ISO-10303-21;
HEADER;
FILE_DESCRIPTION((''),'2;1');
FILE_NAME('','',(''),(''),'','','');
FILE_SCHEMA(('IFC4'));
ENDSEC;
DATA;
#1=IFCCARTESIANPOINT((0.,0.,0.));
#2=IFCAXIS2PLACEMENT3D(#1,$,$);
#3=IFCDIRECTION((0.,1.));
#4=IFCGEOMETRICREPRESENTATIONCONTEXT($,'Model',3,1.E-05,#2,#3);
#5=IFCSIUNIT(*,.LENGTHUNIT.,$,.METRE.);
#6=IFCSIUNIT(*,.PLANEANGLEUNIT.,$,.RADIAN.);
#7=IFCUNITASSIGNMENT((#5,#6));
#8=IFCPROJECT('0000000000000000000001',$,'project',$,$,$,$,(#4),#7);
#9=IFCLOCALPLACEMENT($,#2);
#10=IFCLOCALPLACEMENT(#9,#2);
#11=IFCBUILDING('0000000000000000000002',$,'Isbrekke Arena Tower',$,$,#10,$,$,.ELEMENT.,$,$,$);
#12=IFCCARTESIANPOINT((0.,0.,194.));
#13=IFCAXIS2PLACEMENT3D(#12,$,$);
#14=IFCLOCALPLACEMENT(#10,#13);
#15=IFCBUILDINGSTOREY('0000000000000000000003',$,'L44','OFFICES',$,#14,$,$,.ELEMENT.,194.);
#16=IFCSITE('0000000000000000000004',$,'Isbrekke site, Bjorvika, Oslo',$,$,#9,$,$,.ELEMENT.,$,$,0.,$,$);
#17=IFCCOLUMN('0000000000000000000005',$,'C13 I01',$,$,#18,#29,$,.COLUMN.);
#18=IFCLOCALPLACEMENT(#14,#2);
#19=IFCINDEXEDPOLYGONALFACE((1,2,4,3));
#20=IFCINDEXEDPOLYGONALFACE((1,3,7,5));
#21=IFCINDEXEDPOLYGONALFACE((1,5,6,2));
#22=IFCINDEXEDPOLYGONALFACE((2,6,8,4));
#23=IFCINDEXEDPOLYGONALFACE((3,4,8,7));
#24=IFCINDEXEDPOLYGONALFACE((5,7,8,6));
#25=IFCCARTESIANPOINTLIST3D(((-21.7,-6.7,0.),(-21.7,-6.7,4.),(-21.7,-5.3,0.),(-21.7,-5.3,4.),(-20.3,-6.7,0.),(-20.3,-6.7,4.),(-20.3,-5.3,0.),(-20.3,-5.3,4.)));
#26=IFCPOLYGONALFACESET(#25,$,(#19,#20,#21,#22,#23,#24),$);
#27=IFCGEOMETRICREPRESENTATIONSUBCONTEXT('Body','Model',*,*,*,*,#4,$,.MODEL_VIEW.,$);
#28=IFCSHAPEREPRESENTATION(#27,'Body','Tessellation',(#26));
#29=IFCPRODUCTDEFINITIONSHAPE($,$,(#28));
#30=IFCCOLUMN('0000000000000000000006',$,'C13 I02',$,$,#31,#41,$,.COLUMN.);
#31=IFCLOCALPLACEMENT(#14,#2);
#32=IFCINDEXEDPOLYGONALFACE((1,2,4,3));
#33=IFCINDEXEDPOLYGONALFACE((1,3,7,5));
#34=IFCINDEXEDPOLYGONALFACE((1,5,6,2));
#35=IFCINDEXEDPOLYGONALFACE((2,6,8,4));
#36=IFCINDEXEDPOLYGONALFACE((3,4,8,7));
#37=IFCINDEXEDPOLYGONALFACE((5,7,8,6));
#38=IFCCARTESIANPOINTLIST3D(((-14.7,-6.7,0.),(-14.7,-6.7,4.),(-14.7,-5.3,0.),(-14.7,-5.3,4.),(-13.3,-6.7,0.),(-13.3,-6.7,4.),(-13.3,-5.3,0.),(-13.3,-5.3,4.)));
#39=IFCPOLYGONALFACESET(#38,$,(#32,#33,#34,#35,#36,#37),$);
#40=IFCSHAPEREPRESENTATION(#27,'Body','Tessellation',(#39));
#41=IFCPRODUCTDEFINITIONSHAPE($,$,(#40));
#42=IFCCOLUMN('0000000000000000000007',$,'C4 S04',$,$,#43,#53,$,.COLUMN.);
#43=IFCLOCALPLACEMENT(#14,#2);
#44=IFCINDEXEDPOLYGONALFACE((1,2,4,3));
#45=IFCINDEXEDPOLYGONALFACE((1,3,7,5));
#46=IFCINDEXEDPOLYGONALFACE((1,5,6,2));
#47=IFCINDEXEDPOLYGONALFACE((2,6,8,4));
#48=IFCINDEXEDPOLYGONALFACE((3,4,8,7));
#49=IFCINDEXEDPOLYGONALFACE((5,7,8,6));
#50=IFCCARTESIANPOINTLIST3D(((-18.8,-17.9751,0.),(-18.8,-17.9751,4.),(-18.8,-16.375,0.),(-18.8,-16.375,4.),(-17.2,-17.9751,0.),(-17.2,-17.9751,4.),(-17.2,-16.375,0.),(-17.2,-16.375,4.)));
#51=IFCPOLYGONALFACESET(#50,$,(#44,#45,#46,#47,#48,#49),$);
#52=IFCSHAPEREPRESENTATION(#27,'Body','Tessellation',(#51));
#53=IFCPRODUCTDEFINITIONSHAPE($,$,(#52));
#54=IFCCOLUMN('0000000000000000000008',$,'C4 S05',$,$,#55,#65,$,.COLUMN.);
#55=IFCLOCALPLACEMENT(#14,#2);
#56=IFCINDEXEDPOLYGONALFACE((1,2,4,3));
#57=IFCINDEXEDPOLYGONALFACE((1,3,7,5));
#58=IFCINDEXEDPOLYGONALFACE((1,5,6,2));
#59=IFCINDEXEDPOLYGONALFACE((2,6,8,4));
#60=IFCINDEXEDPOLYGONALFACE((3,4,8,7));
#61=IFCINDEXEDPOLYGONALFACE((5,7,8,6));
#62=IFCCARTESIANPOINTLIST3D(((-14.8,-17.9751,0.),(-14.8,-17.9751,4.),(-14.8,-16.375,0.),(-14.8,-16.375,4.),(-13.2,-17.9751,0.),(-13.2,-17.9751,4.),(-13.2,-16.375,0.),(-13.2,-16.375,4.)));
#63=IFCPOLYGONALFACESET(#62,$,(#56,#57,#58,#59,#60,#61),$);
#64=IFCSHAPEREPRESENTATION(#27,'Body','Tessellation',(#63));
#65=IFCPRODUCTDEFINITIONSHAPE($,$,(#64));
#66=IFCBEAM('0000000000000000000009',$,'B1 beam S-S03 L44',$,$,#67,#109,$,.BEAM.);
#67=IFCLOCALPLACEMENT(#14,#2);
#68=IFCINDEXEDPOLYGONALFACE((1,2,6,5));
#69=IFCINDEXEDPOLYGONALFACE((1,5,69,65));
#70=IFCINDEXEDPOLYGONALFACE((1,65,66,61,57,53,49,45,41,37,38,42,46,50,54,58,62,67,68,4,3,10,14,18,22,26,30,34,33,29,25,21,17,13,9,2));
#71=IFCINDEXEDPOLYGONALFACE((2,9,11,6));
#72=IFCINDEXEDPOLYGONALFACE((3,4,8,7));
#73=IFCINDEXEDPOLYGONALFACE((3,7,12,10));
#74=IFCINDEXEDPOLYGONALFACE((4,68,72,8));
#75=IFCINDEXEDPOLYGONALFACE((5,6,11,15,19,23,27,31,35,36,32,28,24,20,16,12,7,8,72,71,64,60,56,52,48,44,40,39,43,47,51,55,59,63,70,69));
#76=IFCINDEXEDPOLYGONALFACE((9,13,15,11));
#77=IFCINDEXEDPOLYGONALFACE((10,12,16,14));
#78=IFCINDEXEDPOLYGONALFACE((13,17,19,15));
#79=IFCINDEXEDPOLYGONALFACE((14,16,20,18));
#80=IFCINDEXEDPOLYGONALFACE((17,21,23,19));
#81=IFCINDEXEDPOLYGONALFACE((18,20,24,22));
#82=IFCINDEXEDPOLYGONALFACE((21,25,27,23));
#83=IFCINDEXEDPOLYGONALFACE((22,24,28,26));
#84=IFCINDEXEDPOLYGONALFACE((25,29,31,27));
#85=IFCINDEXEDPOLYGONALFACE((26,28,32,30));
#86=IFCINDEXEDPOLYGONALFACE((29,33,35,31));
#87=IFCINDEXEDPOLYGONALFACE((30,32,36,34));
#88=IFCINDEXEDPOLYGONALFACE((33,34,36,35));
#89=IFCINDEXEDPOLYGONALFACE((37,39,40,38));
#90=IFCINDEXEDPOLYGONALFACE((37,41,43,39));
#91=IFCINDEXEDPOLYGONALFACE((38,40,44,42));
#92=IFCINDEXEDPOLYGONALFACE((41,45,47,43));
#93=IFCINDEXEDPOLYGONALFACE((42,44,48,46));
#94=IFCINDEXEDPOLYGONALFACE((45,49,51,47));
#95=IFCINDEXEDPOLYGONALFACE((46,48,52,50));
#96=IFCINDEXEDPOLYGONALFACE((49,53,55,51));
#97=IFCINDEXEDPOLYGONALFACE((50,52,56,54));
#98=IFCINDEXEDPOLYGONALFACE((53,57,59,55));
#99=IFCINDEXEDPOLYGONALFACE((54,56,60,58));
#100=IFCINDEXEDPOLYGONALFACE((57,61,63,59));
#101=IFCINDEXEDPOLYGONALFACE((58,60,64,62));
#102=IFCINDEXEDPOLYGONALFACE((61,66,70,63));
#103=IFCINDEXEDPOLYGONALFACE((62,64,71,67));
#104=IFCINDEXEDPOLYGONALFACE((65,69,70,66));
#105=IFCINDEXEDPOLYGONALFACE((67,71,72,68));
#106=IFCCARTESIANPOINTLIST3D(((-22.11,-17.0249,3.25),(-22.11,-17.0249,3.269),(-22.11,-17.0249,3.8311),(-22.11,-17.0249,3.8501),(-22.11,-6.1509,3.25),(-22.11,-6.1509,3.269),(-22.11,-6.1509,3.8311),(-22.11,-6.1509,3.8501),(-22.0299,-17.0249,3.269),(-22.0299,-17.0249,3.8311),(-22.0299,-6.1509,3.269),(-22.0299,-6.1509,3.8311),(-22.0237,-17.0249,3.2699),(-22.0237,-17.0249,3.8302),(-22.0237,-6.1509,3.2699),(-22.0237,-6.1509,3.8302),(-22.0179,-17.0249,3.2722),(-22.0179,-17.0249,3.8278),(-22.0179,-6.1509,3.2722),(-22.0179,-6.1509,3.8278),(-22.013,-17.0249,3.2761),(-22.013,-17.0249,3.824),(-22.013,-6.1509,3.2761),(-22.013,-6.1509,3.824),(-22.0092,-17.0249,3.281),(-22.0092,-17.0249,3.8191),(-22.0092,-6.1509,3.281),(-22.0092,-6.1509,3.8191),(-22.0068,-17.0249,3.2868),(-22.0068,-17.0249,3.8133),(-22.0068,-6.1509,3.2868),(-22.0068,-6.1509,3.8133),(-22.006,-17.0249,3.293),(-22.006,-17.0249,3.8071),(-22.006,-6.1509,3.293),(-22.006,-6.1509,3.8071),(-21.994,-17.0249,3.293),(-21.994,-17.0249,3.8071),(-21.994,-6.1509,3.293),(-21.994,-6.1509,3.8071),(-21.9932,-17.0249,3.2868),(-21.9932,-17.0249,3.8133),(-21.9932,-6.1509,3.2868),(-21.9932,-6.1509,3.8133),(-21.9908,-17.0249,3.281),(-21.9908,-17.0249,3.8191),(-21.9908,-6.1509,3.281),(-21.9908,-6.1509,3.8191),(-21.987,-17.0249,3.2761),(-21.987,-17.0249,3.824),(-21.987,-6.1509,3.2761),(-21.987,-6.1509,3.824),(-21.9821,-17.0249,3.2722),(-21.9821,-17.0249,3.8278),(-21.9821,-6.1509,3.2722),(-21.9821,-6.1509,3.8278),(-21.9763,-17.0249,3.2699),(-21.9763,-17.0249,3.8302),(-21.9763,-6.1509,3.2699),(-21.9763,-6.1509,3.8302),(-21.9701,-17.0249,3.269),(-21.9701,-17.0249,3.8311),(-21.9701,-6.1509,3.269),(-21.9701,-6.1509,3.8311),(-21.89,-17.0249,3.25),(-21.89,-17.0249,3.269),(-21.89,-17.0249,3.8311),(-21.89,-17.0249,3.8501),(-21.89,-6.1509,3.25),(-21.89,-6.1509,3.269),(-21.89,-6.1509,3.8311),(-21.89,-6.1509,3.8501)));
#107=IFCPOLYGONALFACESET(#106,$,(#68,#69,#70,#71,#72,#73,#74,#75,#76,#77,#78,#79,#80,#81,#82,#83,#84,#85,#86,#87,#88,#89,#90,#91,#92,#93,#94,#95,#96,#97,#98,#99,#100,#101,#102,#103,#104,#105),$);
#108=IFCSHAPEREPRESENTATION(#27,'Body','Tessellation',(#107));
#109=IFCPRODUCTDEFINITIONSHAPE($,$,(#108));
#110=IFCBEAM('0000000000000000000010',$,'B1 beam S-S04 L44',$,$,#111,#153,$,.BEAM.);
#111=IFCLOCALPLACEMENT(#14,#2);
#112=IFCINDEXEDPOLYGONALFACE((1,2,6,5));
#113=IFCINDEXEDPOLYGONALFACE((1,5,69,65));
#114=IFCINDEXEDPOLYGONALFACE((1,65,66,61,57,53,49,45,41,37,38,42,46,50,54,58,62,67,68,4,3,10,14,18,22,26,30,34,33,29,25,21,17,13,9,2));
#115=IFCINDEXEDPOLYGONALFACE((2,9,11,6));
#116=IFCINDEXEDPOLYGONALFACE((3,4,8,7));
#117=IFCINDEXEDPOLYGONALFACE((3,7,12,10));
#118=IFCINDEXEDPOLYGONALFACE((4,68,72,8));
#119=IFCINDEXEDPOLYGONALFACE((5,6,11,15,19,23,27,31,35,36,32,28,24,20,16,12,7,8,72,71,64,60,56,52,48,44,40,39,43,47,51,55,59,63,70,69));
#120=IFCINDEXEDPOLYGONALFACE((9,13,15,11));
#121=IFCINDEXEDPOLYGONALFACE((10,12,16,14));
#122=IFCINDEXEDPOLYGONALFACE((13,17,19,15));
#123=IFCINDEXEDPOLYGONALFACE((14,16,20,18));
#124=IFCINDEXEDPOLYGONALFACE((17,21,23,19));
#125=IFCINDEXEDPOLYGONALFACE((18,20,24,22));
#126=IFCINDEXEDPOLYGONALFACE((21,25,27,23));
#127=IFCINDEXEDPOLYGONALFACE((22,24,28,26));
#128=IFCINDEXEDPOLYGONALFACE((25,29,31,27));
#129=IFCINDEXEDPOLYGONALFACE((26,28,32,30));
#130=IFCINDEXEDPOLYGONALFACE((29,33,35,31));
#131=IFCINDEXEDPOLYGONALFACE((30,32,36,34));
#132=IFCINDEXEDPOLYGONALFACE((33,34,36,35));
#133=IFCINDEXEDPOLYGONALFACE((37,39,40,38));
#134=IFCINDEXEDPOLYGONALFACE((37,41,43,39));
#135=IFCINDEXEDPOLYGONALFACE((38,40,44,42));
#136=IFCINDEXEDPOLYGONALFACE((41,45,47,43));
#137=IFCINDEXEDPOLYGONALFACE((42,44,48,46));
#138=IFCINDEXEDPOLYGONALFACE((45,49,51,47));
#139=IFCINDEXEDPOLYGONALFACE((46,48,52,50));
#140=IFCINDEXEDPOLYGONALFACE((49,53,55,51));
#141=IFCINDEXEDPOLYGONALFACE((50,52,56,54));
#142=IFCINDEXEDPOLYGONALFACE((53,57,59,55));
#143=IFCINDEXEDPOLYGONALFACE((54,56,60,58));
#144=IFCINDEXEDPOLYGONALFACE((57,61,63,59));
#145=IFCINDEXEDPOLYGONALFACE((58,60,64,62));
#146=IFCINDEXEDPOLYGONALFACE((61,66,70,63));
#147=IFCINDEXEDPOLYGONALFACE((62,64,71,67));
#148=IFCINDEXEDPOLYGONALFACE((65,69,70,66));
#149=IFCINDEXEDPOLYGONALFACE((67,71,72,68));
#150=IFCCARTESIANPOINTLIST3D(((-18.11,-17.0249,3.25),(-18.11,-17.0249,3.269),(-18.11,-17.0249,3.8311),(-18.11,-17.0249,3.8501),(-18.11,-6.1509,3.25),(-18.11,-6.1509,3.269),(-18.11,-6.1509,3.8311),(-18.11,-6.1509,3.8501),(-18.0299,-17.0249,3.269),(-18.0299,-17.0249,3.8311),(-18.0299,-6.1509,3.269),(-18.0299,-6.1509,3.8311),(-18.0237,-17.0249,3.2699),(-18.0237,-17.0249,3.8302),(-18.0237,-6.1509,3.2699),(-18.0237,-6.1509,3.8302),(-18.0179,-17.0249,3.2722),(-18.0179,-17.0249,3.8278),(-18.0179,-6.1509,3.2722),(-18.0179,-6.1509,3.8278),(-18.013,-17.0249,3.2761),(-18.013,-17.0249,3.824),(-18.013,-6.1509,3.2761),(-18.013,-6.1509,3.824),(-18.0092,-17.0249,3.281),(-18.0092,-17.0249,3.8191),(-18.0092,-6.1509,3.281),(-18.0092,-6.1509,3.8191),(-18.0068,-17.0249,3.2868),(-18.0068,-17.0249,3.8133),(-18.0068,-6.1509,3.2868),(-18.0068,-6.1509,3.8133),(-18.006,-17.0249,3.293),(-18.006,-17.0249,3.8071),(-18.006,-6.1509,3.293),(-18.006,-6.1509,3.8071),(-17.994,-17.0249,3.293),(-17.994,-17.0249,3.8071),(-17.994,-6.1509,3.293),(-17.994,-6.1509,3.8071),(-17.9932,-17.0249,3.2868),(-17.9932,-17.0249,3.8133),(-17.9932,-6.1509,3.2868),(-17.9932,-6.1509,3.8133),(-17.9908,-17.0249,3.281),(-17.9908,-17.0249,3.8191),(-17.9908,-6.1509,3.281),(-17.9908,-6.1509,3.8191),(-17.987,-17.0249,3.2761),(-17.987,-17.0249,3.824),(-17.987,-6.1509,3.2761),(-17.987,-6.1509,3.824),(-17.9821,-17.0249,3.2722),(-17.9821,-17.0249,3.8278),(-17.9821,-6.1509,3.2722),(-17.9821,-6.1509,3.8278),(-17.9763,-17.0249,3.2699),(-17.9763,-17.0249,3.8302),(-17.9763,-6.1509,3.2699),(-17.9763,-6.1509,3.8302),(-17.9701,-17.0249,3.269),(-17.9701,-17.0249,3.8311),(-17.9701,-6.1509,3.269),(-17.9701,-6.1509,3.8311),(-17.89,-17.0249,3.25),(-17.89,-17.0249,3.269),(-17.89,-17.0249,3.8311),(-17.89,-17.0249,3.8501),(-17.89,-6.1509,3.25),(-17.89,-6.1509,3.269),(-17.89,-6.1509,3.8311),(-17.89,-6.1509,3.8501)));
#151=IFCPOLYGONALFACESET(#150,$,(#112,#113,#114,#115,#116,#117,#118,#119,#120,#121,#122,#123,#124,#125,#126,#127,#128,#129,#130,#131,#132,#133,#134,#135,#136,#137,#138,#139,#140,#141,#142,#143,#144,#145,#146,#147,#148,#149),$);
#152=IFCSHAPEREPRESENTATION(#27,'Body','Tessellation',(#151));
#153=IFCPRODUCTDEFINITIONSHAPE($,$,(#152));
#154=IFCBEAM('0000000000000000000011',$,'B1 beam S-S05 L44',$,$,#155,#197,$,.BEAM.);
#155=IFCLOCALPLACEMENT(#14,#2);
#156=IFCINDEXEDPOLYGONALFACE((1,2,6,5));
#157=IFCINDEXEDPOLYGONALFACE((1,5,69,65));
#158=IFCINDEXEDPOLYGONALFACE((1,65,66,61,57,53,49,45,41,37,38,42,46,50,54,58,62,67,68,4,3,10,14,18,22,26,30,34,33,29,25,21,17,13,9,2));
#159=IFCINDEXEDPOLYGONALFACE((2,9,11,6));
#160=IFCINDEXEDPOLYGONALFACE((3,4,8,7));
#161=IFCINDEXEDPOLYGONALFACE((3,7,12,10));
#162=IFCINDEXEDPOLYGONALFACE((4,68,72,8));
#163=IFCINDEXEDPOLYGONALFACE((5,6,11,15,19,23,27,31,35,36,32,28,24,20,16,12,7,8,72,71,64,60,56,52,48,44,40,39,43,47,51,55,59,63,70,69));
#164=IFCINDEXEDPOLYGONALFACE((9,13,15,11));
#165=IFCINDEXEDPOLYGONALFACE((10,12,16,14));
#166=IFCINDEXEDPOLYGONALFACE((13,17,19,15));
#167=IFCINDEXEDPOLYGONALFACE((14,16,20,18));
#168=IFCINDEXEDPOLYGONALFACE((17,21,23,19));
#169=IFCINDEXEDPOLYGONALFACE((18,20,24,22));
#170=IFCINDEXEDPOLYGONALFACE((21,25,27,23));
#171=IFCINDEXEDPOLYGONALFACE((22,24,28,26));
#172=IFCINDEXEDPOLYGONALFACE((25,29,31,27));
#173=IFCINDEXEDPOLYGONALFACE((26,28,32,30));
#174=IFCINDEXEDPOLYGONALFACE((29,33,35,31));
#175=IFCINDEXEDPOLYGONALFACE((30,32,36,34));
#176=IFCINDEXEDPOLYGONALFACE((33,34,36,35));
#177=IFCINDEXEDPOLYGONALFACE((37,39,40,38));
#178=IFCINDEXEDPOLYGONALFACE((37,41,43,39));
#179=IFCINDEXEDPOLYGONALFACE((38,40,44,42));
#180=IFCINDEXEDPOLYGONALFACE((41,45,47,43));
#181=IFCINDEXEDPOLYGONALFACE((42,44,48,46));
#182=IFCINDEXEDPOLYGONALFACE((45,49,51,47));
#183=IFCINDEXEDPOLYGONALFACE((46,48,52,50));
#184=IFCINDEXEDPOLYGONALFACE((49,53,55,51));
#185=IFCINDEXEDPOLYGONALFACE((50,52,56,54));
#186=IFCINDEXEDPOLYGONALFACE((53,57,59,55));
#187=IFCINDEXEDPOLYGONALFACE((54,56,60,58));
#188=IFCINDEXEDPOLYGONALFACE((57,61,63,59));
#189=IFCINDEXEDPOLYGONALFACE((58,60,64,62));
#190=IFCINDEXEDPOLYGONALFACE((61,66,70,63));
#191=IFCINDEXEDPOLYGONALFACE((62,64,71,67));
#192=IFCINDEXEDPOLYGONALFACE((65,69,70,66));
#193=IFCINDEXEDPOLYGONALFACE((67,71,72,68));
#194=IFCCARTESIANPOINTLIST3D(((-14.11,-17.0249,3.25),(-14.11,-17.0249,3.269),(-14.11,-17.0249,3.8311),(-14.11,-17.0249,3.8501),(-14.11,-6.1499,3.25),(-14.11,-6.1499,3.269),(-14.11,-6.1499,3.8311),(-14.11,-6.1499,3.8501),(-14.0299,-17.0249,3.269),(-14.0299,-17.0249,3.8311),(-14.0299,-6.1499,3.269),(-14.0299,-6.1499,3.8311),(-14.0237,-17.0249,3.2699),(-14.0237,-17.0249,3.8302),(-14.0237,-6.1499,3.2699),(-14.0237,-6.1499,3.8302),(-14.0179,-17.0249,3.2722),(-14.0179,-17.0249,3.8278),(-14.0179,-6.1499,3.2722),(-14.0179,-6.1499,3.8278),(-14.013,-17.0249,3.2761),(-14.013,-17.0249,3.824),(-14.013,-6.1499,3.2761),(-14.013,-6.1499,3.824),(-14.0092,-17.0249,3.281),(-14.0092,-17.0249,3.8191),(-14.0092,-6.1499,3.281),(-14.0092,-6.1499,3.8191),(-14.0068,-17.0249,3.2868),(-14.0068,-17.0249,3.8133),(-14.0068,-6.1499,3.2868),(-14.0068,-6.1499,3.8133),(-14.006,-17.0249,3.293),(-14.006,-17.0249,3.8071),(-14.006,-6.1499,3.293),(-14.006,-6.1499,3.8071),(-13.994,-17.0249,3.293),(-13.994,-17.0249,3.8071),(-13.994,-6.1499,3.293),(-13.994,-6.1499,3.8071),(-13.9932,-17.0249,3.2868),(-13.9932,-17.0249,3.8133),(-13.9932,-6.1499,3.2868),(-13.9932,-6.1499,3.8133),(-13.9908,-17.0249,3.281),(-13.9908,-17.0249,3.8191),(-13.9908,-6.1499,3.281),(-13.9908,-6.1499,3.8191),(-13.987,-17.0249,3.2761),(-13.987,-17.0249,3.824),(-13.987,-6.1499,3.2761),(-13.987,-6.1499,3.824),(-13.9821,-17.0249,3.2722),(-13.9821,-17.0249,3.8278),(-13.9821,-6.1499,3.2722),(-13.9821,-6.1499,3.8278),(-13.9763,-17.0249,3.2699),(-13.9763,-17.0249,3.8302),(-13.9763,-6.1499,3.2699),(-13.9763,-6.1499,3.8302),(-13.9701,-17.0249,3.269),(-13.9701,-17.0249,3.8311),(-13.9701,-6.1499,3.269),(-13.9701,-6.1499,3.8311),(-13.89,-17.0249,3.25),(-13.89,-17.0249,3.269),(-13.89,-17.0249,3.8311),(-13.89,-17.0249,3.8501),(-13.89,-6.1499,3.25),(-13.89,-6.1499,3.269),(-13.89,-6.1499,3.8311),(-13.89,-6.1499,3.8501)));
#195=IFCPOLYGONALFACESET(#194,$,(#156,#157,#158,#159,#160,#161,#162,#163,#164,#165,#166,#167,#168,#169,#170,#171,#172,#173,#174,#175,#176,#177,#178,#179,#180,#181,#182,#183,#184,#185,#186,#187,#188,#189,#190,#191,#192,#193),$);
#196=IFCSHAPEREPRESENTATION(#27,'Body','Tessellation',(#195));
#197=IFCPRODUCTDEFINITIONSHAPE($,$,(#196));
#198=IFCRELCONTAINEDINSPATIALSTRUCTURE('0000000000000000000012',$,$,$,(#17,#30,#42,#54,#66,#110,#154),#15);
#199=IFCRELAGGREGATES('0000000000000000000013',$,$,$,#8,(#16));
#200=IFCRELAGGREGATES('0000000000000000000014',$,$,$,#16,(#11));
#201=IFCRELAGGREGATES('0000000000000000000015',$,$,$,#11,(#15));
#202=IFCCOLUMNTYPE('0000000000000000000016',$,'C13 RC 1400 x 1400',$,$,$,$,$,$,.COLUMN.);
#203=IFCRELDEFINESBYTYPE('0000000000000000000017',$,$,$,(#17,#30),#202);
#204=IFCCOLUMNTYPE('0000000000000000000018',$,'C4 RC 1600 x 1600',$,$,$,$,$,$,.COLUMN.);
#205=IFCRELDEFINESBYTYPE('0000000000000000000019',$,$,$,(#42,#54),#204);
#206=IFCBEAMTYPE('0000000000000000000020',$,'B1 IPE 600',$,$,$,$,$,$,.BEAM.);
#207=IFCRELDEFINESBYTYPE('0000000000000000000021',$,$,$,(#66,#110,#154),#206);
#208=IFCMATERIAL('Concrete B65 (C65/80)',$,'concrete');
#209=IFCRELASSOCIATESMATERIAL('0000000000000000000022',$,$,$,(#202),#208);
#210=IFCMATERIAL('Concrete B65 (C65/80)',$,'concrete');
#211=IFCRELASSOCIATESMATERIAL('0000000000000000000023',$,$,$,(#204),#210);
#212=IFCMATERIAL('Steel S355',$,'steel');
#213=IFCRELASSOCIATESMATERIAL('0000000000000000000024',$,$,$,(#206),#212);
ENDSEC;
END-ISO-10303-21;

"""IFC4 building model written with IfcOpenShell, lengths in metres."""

from ifc_helpers import new_model, si_unit, direction, frame, origin, origin_2d, place, context, subcontext, project, spatial, rectangle, i_section, extrude, material, material_profile, profile_set, type_object, element, save


model = new_model("IFC4")

# Units and contexts
model_context = context("Model", 3, precision=1e-05, world=origin(), true_north=direction((0.0, 1.0)))
body_context = subcontext(model_context, "Body", "Model", "MODEL_VIEW")
ifc_project = project(units=[si_unit("LENGTHUNIT", "METRE"), si_unit("PLANEANGLEUNIT", "RADIAN")], contexts=[model_context])

# Site, building, storey
site_placement = place(None, origin())
site = spatial("IfcSite", under=ifc_project, at=site_placement, Name="Isbrekke site, Bjorvika, Oslo", CompositionType="ELEMENT", RefElevation=0.0)
building_placement = place(site_placement, origin())
building = spatial("IfcBuilding", under=site, at=building_placement, Name="Isbrekke Arena Tower", CompositionType="ELEMENT")
storey_placement = place(building_placement, frame((0.0, 0.0, 194.0)))
storey = spatial("IfcBuildingStorey", under=building, at=storey_placement, Name="L44", Description="OFFICES", CompositionType="ELEMENT", Elevation=194.0)

# Columns
ifc_material_1 = material(Name="Concrete B65 (C65/80)", Category="concrete")
ifc_material_profile_1 = material_profile(ifc_material_1, rectangle(XDim=1.3999, YDim=1.3999, at=origin_2d()), Name="RC 1400x1400")
ifc_profile_set_1 = profile_set([ifc_material_profile_1], Name="Concrete B65 (C65/80)")
column_type_1 = type_object("IfcColumnType", Name="C13 RC 1400 x 1400", PredefinedType="COLUMN", material=ifc_profile_set_1)
for number, where, z_axis, x_axis, name in (
    (1, (-21.0, -6.0, 0.0), (0.0, 0.0, 1.0), (1.0, 0.0, 0.0), "C13 I01"),
    (2, (-14.0, -6.0, 0.0), (0.0, 0.0, 1.0), (1.0, 0.0, 0.0), "C13 I02"),
):
    element("IfcColumn", number, at=place(storey_placement, frame(where, z_axis=z_axis, x_axis=x_axis)), inside=storey, type_object=column_type_1, Name=name, PredefinedType="COLUMN", context=body_context, shape_type="SweptSolid", body=[
        extrude(rectangle(XDim=1.3999, YDim=1.3999, at=origin_2d()), origin(), (0.0, 0.0, 1.0), 4.0),
    ])
ifc_material_2 = material(Name="Concrete B65 (C65/80)", Category="concrete")
ifc_material_profile_2 = material_profile(ifc_material_2, rectangle(XDim=1.6001, YDim=1.6001, at=origin_2d()), Name="RC 1600x1600")
ifc_profile_set_2 = profile_set([ifc_material_profile_2], Name="Concrete B65 (C65/80)")
column_type_2 = type_object("IfcColumnType", Name="C4 RC 1600 x 1600", PredefinedType="COLUMN", material=ifc_profile_set_2)
for number, where, z_axis, x_axis, name in (
    (3, (-18.0, -17.175, 0.0), (0.0, 0.0, 1.0), (1.0, 0.0, 0.0), "C4 S04"),
    (4, (-14.0, -17.175, 0.0), (0.0, 0.0, 1.0), (1.0, 0.0, 0.0), "C4 S05"),
):
    element("IfcColumn", number, at=place(storey_placement, frame(where, z_axis=z_axis, x_axis=x_axis)), inside=storey, type_object=column_type_2, Name=name, PredefinedType="COLUMN", context=body_context, shape_type="SweptSolid", body=[
        extrude(rectangle(XDim=1.6001, YDim=1.6001, at=origin_2d()), origin(), (0.0, 0.0, 1.0), 4.0),
    ])

# Beams
ifc_material_3 = material(Name="Steel S355", Category="steel")
ifc_material_profile_3 = material_profile(ifc_material_3, i_section(OverallWidth=0.22, OverallDepth=0.6001, WebThickness=0.012, FlangeThickness=0.019, FilletRadius=0.0239, at=origin_2d()), Name="IPE 600")
ifc_profile_set_3 = profile_set([ifc_material_profile_3], Name="Steel S355")
beam_type_1 = type_object("IfcBeamType", Name="B1 IPE 600", PredefinedType="BEAM", material=ifc_profile_set_3)
for number, where, z_axis, x_axis, name in (
    (5, (-22.0, -17.0249, 3.55), (0.0, 1.0, 0.0), (-1.0, 0.0, 0.0), "B1 beam S-S03 L44"),
    (6, (-18.0, -17.0249, 3.55), (0.0, 1.0, 0.0), (-1.0, 0.0, 0.0), "B1 beam S-S04 L44"),
):
    element("IfcBeam", number, at=place(storey_placement, frame(where, z_axis=z_axis, x_axis=x_axis)), inside=storey, type_object=beam_type_1, Name=name, PredefinedType="BEAM", context=body_context, shape_type="SweptSolid", body=[
        extrude(i_section(OverallWidth=0.22, OverallDepth=0.6001, WebThickness=0.012, FlangeThickness=0.019, FilletRadius=0.0239, at=origin_2d()), origin(), (0.0, 0.0, 1.0), 10.874),
    ])
beam_1_placement = place(storey_placement, frame((-14.0, -17.0249, 3.55), z_axis=(0.0, 1.0, 0.0), x_axis=(-1.0, 0.0, 0.0)))
element("IfcBeam", 7, at=beam_1_placement, inside=storey, type_object=beam_type_1, Name="B1 beam S-S05 L44", PredefinedType="BEAM", context=body_context, shape_type="SweptSolid", body=[
    extrude(i_section(OverallWidth=0.22, OverallDepth=0.6001, WebThickness=0.012, FlangeThickness=0.019, FilletRadius=0.0239, at=origin_2d()), origin(), (0.0, 0.0, 1.0), 10.875),
])

save(model, "model.ifc")
